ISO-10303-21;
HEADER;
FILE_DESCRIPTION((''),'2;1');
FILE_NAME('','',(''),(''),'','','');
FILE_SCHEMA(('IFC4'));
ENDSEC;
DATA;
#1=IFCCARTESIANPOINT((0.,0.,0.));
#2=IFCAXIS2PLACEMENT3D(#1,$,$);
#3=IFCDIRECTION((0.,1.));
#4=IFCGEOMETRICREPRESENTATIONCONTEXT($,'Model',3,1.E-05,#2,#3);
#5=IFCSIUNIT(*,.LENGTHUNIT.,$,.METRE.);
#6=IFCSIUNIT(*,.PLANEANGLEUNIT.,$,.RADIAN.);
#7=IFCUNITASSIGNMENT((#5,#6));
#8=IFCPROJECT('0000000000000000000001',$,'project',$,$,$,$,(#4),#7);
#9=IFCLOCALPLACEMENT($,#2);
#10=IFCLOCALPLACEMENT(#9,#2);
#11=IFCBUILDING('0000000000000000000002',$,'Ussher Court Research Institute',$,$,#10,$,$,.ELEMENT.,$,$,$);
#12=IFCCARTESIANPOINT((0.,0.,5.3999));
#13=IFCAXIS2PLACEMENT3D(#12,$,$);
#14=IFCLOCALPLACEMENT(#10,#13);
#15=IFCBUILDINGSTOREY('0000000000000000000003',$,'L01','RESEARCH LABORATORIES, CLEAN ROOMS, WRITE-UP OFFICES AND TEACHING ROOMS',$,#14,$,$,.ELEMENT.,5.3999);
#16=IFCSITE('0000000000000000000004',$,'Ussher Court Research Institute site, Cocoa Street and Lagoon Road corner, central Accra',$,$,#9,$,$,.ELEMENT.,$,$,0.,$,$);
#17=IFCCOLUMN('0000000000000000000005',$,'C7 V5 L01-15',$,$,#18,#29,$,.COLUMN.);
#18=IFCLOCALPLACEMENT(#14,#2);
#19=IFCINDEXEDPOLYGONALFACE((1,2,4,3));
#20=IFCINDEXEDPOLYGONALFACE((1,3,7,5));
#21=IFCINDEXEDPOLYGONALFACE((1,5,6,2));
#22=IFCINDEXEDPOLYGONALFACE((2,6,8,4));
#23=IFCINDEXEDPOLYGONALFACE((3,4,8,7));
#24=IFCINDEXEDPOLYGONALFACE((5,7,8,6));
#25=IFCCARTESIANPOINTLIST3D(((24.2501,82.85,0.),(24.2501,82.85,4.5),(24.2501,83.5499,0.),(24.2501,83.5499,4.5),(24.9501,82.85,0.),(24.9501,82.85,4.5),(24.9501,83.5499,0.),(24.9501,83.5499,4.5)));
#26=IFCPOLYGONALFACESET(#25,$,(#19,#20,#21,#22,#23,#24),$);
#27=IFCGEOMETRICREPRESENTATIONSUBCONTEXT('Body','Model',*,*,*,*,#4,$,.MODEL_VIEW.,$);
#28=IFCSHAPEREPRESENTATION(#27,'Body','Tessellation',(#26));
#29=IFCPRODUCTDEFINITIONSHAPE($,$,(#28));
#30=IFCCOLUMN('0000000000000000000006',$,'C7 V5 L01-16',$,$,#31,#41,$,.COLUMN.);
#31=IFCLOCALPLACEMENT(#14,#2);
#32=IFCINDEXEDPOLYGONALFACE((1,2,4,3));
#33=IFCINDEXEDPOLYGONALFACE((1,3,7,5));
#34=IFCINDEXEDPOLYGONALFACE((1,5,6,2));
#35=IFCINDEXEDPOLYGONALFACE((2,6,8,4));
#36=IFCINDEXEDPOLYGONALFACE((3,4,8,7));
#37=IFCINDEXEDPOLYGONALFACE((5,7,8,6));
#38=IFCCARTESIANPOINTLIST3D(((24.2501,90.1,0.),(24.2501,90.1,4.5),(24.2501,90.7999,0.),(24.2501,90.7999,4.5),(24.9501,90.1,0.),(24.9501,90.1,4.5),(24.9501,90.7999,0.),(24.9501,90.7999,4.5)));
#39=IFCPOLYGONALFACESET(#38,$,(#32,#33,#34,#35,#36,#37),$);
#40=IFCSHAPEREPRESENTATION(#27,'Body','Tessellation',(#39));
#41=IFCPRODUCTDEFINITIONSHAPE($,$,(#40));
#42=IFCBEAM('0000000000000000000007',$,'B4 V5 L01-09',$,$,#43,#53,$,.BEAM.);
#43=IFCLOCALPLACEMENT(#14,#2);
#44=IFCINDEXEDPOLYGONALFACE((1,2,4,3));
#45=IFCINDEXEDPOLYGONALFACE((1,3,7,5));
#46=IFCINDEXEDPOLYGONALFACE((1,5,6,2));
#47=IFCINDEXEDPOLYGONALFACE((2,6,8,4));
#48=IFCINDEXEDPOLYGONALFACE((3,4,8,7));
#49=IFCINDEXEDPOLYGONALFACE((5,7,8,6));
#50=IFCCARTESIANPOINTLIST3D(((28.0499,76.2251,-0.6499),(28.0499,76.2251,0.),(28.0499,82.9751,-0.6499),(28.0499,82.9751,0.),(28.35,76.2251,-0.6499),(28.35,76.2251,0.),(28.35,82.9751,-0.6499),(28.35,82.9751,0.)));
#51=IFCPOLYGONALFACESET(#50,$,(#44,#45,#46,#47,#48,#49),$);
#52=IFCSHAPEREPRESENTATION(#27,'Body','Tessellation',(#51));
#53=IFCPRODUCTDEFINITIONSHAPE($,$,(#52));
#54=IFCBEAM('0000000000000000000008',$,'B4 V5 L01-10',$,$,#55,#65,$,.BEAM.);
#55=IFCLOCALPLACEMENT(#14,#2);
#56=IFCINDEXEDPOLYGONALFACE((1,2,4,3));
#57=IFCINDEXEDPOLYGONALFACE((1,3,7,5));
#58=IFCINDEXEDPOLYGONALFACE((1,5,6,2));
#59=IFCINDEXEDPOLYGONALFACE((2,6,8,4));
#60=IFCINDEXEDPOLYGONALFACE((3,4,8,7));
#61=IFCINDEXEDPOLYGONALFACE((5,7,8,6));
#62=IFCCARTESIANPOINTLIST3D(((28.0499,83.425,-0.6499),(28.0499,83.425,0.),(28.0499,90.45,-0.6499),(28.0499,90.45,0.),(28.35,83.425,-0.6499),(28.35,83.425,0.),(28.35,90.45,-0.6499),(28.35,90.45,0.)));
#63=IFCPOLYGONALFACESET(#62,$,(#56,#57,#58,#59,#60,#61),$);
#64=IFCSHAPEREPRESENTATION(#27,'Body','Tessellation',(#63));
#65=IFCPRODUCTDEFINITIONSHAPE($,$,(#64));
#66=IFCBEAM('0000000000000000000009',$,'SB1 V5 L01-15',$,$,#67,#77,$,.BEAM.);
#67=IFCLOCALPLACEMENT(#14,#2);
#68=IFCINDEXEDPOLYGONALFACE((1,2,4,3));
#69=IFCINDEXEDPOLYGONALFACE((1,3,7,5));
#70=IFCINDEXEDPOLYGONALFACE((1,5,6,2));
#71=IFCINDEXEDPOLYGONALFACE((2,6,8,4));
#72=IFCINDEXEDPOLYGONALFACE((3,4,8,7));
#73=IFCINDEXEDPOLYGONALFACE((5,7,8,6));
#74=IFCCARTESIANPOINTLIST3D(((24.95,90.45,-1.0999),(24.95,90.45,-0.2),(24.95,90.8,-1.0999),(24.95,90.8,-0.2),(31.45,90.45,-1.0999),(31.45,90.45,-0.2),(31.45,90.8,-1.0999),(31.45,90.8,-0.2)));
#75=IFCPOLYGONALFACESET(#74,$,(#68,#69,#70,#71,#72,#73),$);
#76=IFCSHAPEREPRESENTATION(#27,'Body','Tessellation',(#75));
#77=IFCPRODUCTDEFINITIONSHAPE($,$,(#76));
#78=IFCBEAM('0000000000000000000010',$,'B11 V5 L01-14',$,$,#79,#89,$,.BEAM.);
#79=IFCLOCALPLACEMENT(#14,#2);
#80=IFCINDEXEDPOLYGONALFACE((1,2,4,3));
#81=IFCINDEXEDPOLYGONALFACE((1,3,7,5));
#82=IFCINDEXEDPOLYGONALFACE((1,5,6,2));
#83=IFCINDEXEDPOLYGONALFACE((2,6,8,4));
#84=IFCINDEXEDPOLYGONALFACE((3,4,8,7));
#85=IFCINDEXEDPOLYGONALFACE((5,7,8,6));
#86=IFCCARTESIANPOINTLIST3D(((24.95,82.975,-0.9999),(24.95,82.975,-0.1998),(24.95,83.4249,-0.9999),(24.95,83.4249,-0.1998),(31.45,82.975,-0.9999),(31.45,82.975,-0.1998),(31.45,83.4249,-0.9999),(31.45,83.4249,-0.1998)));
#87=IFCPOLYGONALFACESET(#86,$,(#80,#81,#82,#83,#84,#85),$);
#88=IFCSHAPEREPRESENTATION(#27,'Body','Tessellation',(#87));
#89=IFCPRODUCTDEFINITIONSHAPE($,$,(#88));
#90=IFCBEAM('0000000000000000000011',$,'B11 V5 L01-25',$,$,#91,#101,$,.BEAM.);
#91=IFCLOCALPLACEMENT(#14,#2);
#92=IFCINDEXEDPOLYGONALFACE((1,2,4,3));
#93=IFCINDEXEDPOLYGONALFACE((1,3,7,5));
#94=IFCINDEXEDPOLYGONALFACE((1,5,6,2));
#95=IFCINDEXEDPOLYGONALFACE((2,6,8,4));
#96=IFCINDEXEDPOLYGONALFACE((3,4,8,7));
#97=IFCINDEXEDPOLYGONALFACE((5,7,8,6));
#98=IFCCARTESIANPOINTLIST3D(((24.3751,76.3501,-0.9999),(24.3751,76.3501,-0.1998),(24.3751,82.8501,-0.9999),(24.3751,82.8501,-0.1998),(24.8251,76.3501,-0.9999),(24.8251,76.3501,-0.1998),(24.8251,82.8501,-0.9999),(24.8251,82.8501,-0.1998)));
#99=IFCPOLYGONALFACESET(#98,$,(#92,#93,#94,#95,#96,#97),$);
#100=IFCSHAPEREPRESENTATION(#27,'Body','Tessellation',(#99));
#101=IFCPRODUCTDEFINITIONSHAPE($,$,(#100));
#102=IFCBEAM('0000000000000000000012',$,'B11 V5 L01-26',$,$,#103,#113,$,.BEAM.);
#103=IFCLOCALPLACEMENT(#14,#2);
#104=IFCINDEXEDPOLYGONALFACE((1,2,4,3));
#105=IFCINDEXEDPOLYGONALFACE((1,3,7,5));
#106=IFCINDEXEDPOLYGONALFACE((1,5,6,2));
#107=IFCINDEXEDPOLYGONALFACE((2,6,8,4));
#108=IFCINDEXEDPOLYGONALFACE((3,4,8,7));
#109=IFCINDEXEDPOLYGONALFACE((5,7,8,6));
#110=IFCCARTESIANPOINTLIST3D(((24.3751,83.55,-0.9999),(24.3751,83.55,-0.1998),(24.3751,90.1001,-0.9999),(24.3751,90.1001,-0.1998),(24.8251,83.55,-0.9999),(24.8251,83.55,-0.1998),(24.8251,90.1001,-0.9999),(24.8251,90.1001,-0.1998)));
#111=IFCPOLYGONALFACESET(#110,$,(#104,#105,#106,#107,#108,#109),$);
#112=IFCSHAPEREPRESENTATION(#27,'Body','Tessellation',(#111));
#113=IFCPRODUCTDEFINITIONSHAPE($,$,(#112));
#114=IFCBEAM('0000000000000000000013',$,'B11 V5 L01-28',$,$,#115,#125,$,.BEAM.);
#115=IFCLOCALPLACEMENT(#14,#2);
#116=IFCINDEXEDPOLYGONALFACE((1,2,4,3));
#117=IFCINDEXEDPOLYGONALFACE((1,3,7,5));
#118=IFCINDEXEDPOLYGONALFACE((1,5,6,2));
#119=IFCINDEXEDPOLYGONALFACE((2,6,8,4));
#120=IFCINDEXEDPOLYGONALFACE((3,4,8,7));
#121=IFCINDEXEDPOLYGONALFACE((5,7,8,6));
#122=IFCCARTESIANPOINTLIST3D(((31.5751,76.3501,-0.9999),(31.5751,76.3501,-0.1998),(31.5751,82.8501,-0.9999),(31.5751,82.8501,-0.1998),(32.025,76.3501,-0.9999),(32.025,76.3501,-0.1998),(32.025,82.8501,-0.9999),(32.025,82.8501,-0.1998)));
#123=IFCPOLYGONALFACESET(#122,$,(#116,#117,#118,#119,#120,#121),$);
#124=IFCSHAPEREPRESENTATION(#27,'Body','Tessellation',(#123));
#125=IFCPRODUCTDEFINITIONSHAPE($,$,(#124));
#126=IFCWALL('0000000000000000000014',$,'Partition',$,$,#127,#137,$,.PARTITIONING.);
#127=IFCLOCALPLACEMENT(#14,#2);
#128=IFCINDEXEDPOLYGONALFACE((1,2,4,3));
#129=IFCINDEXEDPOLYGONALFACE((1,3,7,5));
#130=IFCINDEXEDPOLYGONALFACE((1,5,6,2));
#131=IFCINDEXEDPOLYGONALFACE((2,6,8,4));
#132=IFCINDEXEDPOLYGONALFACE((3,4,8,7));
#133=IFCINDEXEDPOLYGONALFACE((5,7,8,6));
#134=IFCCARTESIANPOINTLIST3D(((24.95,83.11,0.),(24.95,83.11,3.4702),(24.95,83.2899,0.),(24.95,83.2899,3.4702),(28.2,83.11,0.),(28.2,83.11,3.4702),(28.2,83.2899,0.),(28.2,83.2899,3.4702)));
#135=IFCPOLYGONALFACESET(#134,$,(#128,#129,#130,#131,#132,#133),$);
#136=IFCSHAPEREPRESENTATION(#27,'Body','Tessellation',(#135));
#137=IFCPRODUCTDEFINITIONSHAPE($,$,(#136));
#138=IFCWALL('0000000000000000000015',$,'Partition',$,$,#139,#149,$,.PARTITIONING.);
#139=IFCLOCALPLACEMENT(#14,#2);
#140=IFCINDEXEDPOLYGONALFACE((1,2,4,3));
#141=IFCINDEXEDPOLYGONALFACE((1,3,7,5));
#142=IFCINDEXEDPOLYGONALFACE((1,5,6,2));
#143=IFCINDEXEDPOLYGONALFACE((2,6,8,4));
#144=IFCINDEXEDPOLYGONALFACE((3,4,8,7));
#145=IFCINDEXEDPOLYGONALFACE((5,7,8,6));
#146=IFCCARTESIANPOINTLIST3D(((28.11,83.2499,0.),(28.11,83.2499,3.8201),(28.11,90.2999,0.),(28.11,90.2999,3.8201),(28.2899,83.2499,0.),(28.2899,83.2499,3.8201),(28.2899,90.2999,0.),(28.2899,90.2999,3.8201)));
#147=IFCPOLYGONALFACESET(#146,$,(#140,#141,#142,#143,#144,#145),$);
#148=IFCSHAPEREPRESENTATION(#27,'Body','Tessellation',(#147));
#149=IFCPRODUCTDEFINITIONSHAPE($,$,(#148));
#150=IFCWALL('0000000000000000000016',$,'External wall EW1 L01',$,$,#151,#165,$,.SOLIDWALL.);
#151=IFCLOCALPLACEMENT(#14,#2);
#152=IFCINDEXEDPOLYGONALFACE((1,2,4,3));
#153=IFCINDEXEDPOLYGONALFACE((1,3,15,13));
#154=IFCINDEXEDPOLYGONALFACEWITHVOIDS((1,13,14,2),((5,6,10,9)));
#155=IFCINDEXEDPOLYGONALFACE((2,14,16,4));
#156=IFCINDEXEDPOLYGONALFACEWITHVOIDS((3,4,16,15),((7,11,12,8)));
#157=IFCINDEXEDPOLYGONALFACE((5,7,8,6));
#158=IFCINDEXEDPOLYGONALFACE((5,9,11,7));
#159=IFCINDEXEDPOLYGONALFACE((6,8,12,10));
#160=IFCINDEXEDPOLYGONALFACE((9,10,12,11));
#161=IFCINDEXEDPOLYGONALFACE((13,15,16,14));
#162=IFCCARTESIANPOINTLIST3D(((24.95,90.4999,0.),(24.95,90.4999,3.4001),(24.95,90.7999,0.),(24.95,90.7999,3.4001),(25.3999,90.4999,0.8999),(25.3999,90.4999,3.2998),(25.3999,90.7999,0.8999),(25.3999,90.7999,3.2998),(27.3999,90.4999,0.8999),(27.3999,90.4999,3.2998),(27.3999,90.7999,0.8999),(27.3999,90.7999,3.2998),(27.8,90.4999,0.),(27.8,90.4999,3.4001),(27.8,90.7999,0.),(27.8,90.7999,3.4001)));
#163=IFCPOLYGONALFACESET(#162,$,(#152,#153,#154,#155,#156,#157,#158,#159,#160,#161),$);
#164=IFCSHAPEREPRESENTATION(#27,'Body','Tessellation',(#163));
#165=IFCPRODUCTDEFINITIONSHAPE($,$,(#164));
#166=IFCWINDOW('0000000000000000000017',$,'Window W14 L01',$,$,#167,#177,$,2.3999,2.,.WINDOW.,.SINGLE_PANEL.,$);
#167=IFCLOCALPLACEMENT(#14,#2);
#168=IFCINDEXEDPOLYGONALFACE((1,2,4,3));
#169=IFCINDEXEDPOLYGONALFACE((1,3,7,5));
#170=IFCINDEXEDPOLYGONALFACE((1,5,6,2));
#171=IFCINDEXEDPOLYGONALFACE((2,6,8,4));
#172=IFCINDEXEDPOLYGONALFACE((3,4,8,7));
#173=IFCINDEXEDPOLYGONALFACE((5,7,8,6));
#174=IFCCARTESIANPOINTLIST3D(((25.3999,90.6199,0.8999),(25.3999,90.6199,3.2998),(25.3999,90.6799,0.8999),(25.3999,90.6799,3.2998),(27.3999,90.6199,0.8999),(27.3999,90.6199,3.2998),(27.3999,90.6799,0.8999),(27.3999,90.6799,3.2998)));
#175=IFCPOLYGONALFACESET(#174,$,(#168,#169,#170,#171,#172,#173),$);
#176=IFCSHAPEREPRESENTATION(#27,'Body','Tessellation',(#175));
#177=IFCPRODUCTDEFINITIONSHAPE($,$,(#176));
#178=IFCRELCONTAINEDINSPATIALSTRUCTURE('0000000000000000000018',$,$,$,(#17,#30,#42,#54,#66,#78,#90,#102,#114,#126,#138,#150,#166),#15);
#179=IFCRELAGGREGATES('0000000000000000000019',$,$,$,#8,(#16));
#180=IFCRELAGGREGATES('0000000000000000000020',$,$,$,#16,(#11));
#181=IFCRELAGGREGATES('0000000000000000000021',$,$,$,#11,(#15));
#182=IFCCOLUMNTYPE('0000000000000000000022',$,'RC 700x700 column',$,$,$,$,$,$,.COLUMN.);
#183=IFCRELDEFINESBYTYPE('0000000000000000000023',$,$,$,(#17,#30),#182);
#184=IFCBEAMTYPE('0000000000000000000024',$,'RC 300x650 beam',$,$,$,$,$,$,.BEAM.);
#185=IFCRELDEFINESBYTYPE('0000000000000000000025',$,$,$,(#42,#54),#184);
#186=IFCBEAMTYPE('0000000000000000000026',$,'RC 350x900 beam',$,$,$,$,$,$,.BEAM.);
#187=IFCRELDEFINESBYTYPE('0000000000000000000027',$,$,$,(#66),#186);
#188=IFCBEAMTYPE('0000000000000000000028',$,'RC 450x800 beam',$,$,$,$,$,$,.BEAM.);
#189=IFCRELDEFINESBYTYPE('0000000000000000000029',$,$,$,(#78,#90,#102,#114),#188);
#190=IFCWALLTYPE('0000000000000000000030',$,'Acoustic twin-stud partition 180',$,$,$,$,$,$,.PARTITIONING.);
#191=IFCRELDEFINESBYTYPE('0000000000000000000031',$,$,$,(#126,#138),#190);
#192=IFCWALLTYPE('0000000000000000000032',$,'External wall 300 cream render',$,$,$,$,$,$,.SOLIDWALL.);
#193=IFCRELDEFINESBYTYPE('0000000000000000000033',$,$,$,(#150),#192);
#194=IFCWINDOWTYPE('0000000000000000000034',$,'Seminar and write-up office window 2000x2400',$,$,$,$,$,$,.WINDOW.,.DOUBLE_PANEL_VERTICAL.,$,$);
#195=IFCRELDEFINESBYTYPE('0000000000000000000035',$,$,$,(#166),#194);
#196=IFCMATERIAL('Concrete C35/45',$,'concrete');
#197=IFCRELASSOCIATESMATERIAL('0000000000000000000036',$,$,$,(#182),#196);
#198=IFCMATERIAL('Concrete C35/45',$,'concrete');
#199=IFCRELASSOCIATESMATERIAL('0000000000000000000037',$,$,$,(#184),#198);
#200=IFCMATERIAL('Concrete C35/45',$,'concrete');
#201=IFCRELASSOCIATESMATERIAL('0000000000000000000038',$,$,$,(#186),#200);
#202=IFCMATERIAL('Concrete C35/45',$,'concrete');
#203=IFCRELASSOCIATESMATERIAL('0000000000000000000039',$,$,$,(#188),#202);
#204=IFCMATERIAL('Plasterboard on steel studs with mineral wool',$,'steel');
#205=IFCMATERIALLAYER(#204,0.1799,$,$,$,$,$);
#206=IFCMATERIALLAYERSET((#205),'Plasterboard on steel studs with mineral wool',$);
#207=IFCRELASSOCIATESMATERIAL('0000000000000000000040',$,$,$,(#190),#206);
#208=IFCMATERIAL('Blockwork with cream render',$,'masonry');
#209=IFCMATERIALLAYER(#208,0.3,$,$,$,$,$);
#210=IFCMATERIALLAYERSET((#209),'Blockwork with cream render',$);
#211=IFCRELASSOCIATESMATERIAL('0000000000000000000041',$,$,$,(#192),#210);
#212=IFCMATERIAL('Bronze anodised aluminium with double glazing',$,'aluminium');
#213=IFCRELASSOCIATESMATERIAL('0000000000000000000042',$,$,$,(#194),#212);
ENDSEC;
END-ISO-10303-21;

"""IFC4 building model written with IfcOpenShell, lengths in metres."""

from ifc_helpers import new_model, si_unit, direction, frame, frame_2d, origin, origin_2d, place, context, subcontext, project, spatial, rectangle, extrude, material, layer, layer_set, material_profile, profile_set, type_object, element, fill, save


model = new_model("IFC4")

# Units and contexts
model_context = context("Model", 3, precision=1e-05, world=origin(), true_north=direction((0.0, 1.0)))
body_context = subcontext(model_context, "Body", "Model", "MODEL_VIEW")
ifc_project = project(units=[si_unit("LENGTHUNIT", "METRE"), si_unit("PLANEANGLEUNIT", "RADIAN")], contexts=[model_context])

# Site, building, storey
site_placement = place(None, origin())
site = spatial("IfcSite", under=ifc_project, at=site_placement, Name="Ussher Court Research Institute site, Cocoa Street and Lagoon Road corner, central Accra", CompositionType="ELEMENT", RefElevation=0.0)
building_placement = place(site_placement, origin())
building = spatial("IfcBuilding", under=site, at=building_placement, Name="Ussher Court Research Institute", CompositionType="ELEMENT")
storey_placement = place(building_placement, frame((0.0, 0.0, 5.3999)))
storey = spatial("IfcBuildingStorey", under=building, at=storey_placement, Name="L01", Description="RESEARCH LABORATORIES, CLEAN ROOMS, WRITE-UP OFFICES AND TEACHING ROOMS", CompositionType="ELEMENT", Elevation=5.3999)

# Columns
ifc_material_1 = material(Name="Concrete C35/45", Category="concrete")
ifc_material_profile_1 = material_profile(ifc_material_1, rectangle(XDim=0.7, YDim=0.7, at=origin_2d()), Name="RC 700x700")
ifc_profile_set_1 = profile_set([ifc_material_profile_1], Name="Concrete C35/45")
column_type = type_object("IfcColumnType", Name="RC 700x700 column", PredefinedType="COLUMN", material=ifc_profile_set_1)
for number, where, z_axis, x_axis, name in (
    (1, (24.6001, 83.2, 0.0), (0.0, 0.0, 1.0), (1.0, 0.0, 0.0), "C7 V5 L01-15"),
    (2, (24.6001, 90.45, 0.0), (0.0, 0.0, 1.0), (1.0, 0.0, 0.0), "C7 V5 L01-16"),
):
    element("IfcColumn", number, at=place(storey_placement, frame(where, z_axis=z_axis, x_axis=x_axis)), inside=storey, type_object=column_type, Name=name, PredefinedType="COLUMN", context=body_context, shape_type="SweptSolid", body=[
        extrude(rectangle(XDim=0.7, YDim=0.7, at=origin_2d()), origin(), (0.0, 0.0, 1.0), 4.5),
    ])

# Beams
ifc_material_2 = material(Name="Concrete C35/45", Category="concrete")
ifc_material_profile_2 = material_profile(ifc_material_2, rectangle(XDim=0.3, YDim=0.6499, at=origin_2d()), Name="RC 300x650")
ifc_profile_set_2 = profile_set([ifc_material_profile_2], Name="Concrete C35/45")
beam_type_1 = type_object("IfcBeamType", Name="RC 300x650 beam", PredefinedType="BEAM", material=ifc_profile_set_2)
beam_1_placement = place(storey_placement, frame((28.2, 76.2251, -0.325), z_axis=(0.0, 1.0, 0.0), x_axis=(-1.0, 0.0, 0.0)))
element("IfcBeam", 3, at=beam_1_placement, inside=storey, type_object=beam_type_1, Name="B4 V5 L01-09", PredefinedType="BEAM", context=body_context, shape_type="SweptSolid", body=[
    extrude(rectangle(XDim=0.3, YDim=0.6499, at=origin_2d()), origin(), (0.0, 0.0, 1.0), 6.75),
])
beam_2_placement = place(storey_placement, frame((28.2, 83.425, -0.325), z_axis=(0.0, 1.0, 0.0), x_axis=(-1.0, 0.0, 0.0)))
element("IfcBeam", 4, at=beam_2_placement, inside=storey, type_object=beam_type_1, Name="B4 V5 L01-10", PredefinedType="BEAM", context=body_context, shape_type="SweptSolid", body=[
    extrude(rectangle(XDim=0.3, YDim=0.6499, at=origin_2d()), origin(), (0.0, 0.0, 1.0), 7.0249),
])
ifc_material_3 = material(Name="Concrete C35/45", Category="concrete")
ifc_material_profile_3 = material_profile(ifc_material_3, rectangle(XDim=0.3501, YDim=0.8999, at=origin_2d()), Name="RC 350x900")
ifc_profile_set_3 = profile_set([ifc_material_profile_3], Name="Concrete C35/45")
beam_type_2 = type_object("IfcBeamType", Name="RC 350x900 beam", PredefinedType="BEAM", material=ifc_profile_set_3)
beam_3_placement = place(storey_placement, frame((24.95, 90.625, -0.6499), z_axis=(1.0, 0.0, 0.0), x_axis=(0.0, 1.0, 0.0)))
element("IfcBeam", 5, at=beam_3_placement, inside=storey, type_object=beam_type_2, Name="SB1 V5 L01-15", PredefinedType="BEAM", context=body_context, shape_type="SweptSolid", body=[
    extrude(rectangle(XDim=0.3501, YDim=0.8999, at=origin_2d()), origin(), (0.0, 0.0, 1.0), 6.5),
])
ifc_material_4 = material(Name="Concrete C35/45", Category="concrete")
ifc_material_profile_4 = material_profile(ifc_material_4, rectangle(XDim=0.45, YDim=0.8, at=origin_2d()), Name="RC 450x800")
ifc_profile_set_4 = profile_set([ifc_material_profile_4], Name="Concrete C35/45")
beam_type_3 = type_object("IfcBeamType", Name="RC 450x800 beam", PredefinedType="BEAM", material=ifc_profile_set_4)
for number, where, z_axis, x_axis, name in (
    (6, (24.95, 83.2, -0.5999), (1.0, 0.0, 0.0), (0.0, 1.0, 0.0), "B11 V5 L01-14"),
    (7, (24.6001, 76.3501, -0.5999), (0.0, 1.0, 0.0), (-1.0, 0.0, 0.0), "B11 V5 L01-25"),
):
    element("IfcBeam", number, at=place(storey_placement, frame(where, z_axis=z_axis, x_axis=x_axis)), inside=storey, type_object=beam_type_3, Name=name, PredefinedType="BEAM", context=body_context, shape_type="SweptSolid", body=[
        extrude(rectangle(XDim=0.45, YDim=0.8, at=origin_2d()), origin(), (0.0, 0.0, 1.0), 6.5),
    ])
beam_4_placement = place(storey_placement, frame((24.6001, 83.55, -0.5999), z_axis=(0.0, 1.0, 0.0), x_axis=(-1.0, 0.0, 0.0)))
element("IfcBeam", 8, at=beam_4_placement, inside=storey, type_object=beam_type_3, Name="B11 V5 L01-26", PredefinedType="BEAM", context=body_context, shape_type="SweptSolid", body=[
    extrude(rectangle(XDim=0.45, YDim=0.8, at=origin_2d()), origin(), (0.0, 0.0, 1.0), 6.55),
])
beam_5_placement = place(storey_placement, frame((31.8, 76.3501, -0.5999), z_axis=(0.0, 1.0, 0.0), x_axis=(-1.0, 0.0, 0.0)))
element("IfcBeam", 9, at=beam_5_placement, inside=storey, type_object=beam_type_3, Name="B11 V5 L01-28", PredefinedType="BEAM", context=body_context, shape_type="SweptSolid", body=[
    extrude(rectangle(XDim=0.45, YDim=0.8, at=origin_2d()), origin(), (0.0, 0.0, 1.0), 6.5),
])

# Walls
ifc_material_5 = material(Name="Plasterboard on steel studs with mineral wool", Category="steel")
ifc_layer_1 = layer(ifc_material_5, 0.1799)
ifc_layer_set_1 = layer_set([ifc_layer_1], Name="Plasterboard on steel studs with mineral wool")
wall_type_1 = type_object("IfcWallType", Name="Acoustic twin-stud partition 180", PredefinedType="PARTITIONING", material=ifc_layer_set_1)
wall_1_placement = place(storey_placement, frame((24.95, 83.2, 0.0), z_axis=(0.0, 0.0, 1.0), x_axis=(1.0, 0.0, 0.0)))
element("IfcWall", 10, at=wall_1_placement, inside=storey, type_object=wall_type_1, Name="Partition", PredefinedType="PARTITIONING", context=body_context, shape_type="SweptSolid", body=[
    extrude(rectangle(XDim=3.25, YDim=0.1799, at=frame_2d((1.625, 0.0))), origin(), (0.0, 0.0, 1.0), 3.4702),
])
wall_2_placement = place(storey_placement, frame((28.2, 83.25, 0.0), z_axis=(0.0, 0.0, 1.0), x_axis=(0.0, 1.0, 0.0)))
element("IfcWall", 11, at=wall_2_placement, inside=storey, type_object=wall_type_1, Name="Partition", PredefinedType="PARTITIONING", context=body_context, shape_type="SweptSolid", body=[
    extrude(rectangle(XDim=7.05, YDim=0.1799, at=frame_2d((3.5249, 0.0))), origin(), (0.0, 0.0, 1.0), 3.8201),
])

# Wall, opening, window
ifc_material_6 = material(Name="Blockwork with cream render", Category="masonry")
ifc_layer_2 = layer(ifc_material_6, 0.3)
ifc_layer_set_2 = layer_set([ifc_layer_2], Name="Blockwork with cream render")
wall_type_2 = type_object("IfcWallType", Name="External wall 300 cream render", PredefinedType="SOLIDWALL", material=ifc_layer_set_2)
wall_3_placement = place(storey_placement, frame((24.95, 90.6499, 0.0), z_axis=(0.0, 0.0, 1.0), x_axis=(1.0, 0.0, 0.0)))
wall_3 = element("IfcWall", 12, at=wall_3_placement, inside=storey, type_object=wall_type_2, Name="External wall EW1 L01", PredefinedType="SOLIDWALL", context=body_context, shape_type="SweptSolid", body=[
    extrude(rectangle(XDim=2.8501, YDim=0.3, at=frame_2d((1.425, 0.0))), origin(), (0.0, 0.0, 1.0), 3.4001),
])
opening_1_placement = place(wall_3_placement, frame((0.45, 0.0, 0.8999)))
opening_1 = element("IfcOpeningElement", 13, at=opening_1_placement, cuts=wall_3, PredefinedType="OPENING", context=body_context, shape_type="SweptSolid", body=[
    extrude(rectangle(XDim=2.0, YDim=2.3999, at=frame_2d((1.0, 1.2))), frame((0.0, 0.1602, 0.0), z_axis=(0.0, -1.0, 0.0), x_axis=(1.0, 0.0, 0.0)), (0.0, 0.0, 1.0), 0.3201),
])
ifc_material_7 = material(Name="Bronze anodised aluminium with double glazing", Category="aluminium")
window_type = type_object("IfcWindowType", Name="Seminar and write-up office window 2000x2400", PartitioningType="DOUBLE_PANEL_VERTICAL", PredefinedType="WINDOW", material=ifc_material_7)
window_1_placement = place(opening_1_placement, origin())
window_1 = element("IfcWindow", 14, at=window_1_placement, inside=storey, type_object=window_type, Name="Window W14 L01", OverallHeight=2.3999, OverallWidth=2.0, PartitioningType="SINGLE_PANEL", PredefinedType="WINDOW", context=body_context, shape_type="SweptSolid", body=[
    extrude(rectangle(XDim=2.0, YDim=2.3999, at=frame_2d((1.0, 1.2))), frame((0.0, 0.03, 0.0), z_axis=(0.0, -1.0, 0.0), x_axis=(1.0, 0.0, 0.0)), (0.0, 0.0, 1.0), 0.0601),
])
fill(opening_1, window_1)

save(model, "model.ifc")
